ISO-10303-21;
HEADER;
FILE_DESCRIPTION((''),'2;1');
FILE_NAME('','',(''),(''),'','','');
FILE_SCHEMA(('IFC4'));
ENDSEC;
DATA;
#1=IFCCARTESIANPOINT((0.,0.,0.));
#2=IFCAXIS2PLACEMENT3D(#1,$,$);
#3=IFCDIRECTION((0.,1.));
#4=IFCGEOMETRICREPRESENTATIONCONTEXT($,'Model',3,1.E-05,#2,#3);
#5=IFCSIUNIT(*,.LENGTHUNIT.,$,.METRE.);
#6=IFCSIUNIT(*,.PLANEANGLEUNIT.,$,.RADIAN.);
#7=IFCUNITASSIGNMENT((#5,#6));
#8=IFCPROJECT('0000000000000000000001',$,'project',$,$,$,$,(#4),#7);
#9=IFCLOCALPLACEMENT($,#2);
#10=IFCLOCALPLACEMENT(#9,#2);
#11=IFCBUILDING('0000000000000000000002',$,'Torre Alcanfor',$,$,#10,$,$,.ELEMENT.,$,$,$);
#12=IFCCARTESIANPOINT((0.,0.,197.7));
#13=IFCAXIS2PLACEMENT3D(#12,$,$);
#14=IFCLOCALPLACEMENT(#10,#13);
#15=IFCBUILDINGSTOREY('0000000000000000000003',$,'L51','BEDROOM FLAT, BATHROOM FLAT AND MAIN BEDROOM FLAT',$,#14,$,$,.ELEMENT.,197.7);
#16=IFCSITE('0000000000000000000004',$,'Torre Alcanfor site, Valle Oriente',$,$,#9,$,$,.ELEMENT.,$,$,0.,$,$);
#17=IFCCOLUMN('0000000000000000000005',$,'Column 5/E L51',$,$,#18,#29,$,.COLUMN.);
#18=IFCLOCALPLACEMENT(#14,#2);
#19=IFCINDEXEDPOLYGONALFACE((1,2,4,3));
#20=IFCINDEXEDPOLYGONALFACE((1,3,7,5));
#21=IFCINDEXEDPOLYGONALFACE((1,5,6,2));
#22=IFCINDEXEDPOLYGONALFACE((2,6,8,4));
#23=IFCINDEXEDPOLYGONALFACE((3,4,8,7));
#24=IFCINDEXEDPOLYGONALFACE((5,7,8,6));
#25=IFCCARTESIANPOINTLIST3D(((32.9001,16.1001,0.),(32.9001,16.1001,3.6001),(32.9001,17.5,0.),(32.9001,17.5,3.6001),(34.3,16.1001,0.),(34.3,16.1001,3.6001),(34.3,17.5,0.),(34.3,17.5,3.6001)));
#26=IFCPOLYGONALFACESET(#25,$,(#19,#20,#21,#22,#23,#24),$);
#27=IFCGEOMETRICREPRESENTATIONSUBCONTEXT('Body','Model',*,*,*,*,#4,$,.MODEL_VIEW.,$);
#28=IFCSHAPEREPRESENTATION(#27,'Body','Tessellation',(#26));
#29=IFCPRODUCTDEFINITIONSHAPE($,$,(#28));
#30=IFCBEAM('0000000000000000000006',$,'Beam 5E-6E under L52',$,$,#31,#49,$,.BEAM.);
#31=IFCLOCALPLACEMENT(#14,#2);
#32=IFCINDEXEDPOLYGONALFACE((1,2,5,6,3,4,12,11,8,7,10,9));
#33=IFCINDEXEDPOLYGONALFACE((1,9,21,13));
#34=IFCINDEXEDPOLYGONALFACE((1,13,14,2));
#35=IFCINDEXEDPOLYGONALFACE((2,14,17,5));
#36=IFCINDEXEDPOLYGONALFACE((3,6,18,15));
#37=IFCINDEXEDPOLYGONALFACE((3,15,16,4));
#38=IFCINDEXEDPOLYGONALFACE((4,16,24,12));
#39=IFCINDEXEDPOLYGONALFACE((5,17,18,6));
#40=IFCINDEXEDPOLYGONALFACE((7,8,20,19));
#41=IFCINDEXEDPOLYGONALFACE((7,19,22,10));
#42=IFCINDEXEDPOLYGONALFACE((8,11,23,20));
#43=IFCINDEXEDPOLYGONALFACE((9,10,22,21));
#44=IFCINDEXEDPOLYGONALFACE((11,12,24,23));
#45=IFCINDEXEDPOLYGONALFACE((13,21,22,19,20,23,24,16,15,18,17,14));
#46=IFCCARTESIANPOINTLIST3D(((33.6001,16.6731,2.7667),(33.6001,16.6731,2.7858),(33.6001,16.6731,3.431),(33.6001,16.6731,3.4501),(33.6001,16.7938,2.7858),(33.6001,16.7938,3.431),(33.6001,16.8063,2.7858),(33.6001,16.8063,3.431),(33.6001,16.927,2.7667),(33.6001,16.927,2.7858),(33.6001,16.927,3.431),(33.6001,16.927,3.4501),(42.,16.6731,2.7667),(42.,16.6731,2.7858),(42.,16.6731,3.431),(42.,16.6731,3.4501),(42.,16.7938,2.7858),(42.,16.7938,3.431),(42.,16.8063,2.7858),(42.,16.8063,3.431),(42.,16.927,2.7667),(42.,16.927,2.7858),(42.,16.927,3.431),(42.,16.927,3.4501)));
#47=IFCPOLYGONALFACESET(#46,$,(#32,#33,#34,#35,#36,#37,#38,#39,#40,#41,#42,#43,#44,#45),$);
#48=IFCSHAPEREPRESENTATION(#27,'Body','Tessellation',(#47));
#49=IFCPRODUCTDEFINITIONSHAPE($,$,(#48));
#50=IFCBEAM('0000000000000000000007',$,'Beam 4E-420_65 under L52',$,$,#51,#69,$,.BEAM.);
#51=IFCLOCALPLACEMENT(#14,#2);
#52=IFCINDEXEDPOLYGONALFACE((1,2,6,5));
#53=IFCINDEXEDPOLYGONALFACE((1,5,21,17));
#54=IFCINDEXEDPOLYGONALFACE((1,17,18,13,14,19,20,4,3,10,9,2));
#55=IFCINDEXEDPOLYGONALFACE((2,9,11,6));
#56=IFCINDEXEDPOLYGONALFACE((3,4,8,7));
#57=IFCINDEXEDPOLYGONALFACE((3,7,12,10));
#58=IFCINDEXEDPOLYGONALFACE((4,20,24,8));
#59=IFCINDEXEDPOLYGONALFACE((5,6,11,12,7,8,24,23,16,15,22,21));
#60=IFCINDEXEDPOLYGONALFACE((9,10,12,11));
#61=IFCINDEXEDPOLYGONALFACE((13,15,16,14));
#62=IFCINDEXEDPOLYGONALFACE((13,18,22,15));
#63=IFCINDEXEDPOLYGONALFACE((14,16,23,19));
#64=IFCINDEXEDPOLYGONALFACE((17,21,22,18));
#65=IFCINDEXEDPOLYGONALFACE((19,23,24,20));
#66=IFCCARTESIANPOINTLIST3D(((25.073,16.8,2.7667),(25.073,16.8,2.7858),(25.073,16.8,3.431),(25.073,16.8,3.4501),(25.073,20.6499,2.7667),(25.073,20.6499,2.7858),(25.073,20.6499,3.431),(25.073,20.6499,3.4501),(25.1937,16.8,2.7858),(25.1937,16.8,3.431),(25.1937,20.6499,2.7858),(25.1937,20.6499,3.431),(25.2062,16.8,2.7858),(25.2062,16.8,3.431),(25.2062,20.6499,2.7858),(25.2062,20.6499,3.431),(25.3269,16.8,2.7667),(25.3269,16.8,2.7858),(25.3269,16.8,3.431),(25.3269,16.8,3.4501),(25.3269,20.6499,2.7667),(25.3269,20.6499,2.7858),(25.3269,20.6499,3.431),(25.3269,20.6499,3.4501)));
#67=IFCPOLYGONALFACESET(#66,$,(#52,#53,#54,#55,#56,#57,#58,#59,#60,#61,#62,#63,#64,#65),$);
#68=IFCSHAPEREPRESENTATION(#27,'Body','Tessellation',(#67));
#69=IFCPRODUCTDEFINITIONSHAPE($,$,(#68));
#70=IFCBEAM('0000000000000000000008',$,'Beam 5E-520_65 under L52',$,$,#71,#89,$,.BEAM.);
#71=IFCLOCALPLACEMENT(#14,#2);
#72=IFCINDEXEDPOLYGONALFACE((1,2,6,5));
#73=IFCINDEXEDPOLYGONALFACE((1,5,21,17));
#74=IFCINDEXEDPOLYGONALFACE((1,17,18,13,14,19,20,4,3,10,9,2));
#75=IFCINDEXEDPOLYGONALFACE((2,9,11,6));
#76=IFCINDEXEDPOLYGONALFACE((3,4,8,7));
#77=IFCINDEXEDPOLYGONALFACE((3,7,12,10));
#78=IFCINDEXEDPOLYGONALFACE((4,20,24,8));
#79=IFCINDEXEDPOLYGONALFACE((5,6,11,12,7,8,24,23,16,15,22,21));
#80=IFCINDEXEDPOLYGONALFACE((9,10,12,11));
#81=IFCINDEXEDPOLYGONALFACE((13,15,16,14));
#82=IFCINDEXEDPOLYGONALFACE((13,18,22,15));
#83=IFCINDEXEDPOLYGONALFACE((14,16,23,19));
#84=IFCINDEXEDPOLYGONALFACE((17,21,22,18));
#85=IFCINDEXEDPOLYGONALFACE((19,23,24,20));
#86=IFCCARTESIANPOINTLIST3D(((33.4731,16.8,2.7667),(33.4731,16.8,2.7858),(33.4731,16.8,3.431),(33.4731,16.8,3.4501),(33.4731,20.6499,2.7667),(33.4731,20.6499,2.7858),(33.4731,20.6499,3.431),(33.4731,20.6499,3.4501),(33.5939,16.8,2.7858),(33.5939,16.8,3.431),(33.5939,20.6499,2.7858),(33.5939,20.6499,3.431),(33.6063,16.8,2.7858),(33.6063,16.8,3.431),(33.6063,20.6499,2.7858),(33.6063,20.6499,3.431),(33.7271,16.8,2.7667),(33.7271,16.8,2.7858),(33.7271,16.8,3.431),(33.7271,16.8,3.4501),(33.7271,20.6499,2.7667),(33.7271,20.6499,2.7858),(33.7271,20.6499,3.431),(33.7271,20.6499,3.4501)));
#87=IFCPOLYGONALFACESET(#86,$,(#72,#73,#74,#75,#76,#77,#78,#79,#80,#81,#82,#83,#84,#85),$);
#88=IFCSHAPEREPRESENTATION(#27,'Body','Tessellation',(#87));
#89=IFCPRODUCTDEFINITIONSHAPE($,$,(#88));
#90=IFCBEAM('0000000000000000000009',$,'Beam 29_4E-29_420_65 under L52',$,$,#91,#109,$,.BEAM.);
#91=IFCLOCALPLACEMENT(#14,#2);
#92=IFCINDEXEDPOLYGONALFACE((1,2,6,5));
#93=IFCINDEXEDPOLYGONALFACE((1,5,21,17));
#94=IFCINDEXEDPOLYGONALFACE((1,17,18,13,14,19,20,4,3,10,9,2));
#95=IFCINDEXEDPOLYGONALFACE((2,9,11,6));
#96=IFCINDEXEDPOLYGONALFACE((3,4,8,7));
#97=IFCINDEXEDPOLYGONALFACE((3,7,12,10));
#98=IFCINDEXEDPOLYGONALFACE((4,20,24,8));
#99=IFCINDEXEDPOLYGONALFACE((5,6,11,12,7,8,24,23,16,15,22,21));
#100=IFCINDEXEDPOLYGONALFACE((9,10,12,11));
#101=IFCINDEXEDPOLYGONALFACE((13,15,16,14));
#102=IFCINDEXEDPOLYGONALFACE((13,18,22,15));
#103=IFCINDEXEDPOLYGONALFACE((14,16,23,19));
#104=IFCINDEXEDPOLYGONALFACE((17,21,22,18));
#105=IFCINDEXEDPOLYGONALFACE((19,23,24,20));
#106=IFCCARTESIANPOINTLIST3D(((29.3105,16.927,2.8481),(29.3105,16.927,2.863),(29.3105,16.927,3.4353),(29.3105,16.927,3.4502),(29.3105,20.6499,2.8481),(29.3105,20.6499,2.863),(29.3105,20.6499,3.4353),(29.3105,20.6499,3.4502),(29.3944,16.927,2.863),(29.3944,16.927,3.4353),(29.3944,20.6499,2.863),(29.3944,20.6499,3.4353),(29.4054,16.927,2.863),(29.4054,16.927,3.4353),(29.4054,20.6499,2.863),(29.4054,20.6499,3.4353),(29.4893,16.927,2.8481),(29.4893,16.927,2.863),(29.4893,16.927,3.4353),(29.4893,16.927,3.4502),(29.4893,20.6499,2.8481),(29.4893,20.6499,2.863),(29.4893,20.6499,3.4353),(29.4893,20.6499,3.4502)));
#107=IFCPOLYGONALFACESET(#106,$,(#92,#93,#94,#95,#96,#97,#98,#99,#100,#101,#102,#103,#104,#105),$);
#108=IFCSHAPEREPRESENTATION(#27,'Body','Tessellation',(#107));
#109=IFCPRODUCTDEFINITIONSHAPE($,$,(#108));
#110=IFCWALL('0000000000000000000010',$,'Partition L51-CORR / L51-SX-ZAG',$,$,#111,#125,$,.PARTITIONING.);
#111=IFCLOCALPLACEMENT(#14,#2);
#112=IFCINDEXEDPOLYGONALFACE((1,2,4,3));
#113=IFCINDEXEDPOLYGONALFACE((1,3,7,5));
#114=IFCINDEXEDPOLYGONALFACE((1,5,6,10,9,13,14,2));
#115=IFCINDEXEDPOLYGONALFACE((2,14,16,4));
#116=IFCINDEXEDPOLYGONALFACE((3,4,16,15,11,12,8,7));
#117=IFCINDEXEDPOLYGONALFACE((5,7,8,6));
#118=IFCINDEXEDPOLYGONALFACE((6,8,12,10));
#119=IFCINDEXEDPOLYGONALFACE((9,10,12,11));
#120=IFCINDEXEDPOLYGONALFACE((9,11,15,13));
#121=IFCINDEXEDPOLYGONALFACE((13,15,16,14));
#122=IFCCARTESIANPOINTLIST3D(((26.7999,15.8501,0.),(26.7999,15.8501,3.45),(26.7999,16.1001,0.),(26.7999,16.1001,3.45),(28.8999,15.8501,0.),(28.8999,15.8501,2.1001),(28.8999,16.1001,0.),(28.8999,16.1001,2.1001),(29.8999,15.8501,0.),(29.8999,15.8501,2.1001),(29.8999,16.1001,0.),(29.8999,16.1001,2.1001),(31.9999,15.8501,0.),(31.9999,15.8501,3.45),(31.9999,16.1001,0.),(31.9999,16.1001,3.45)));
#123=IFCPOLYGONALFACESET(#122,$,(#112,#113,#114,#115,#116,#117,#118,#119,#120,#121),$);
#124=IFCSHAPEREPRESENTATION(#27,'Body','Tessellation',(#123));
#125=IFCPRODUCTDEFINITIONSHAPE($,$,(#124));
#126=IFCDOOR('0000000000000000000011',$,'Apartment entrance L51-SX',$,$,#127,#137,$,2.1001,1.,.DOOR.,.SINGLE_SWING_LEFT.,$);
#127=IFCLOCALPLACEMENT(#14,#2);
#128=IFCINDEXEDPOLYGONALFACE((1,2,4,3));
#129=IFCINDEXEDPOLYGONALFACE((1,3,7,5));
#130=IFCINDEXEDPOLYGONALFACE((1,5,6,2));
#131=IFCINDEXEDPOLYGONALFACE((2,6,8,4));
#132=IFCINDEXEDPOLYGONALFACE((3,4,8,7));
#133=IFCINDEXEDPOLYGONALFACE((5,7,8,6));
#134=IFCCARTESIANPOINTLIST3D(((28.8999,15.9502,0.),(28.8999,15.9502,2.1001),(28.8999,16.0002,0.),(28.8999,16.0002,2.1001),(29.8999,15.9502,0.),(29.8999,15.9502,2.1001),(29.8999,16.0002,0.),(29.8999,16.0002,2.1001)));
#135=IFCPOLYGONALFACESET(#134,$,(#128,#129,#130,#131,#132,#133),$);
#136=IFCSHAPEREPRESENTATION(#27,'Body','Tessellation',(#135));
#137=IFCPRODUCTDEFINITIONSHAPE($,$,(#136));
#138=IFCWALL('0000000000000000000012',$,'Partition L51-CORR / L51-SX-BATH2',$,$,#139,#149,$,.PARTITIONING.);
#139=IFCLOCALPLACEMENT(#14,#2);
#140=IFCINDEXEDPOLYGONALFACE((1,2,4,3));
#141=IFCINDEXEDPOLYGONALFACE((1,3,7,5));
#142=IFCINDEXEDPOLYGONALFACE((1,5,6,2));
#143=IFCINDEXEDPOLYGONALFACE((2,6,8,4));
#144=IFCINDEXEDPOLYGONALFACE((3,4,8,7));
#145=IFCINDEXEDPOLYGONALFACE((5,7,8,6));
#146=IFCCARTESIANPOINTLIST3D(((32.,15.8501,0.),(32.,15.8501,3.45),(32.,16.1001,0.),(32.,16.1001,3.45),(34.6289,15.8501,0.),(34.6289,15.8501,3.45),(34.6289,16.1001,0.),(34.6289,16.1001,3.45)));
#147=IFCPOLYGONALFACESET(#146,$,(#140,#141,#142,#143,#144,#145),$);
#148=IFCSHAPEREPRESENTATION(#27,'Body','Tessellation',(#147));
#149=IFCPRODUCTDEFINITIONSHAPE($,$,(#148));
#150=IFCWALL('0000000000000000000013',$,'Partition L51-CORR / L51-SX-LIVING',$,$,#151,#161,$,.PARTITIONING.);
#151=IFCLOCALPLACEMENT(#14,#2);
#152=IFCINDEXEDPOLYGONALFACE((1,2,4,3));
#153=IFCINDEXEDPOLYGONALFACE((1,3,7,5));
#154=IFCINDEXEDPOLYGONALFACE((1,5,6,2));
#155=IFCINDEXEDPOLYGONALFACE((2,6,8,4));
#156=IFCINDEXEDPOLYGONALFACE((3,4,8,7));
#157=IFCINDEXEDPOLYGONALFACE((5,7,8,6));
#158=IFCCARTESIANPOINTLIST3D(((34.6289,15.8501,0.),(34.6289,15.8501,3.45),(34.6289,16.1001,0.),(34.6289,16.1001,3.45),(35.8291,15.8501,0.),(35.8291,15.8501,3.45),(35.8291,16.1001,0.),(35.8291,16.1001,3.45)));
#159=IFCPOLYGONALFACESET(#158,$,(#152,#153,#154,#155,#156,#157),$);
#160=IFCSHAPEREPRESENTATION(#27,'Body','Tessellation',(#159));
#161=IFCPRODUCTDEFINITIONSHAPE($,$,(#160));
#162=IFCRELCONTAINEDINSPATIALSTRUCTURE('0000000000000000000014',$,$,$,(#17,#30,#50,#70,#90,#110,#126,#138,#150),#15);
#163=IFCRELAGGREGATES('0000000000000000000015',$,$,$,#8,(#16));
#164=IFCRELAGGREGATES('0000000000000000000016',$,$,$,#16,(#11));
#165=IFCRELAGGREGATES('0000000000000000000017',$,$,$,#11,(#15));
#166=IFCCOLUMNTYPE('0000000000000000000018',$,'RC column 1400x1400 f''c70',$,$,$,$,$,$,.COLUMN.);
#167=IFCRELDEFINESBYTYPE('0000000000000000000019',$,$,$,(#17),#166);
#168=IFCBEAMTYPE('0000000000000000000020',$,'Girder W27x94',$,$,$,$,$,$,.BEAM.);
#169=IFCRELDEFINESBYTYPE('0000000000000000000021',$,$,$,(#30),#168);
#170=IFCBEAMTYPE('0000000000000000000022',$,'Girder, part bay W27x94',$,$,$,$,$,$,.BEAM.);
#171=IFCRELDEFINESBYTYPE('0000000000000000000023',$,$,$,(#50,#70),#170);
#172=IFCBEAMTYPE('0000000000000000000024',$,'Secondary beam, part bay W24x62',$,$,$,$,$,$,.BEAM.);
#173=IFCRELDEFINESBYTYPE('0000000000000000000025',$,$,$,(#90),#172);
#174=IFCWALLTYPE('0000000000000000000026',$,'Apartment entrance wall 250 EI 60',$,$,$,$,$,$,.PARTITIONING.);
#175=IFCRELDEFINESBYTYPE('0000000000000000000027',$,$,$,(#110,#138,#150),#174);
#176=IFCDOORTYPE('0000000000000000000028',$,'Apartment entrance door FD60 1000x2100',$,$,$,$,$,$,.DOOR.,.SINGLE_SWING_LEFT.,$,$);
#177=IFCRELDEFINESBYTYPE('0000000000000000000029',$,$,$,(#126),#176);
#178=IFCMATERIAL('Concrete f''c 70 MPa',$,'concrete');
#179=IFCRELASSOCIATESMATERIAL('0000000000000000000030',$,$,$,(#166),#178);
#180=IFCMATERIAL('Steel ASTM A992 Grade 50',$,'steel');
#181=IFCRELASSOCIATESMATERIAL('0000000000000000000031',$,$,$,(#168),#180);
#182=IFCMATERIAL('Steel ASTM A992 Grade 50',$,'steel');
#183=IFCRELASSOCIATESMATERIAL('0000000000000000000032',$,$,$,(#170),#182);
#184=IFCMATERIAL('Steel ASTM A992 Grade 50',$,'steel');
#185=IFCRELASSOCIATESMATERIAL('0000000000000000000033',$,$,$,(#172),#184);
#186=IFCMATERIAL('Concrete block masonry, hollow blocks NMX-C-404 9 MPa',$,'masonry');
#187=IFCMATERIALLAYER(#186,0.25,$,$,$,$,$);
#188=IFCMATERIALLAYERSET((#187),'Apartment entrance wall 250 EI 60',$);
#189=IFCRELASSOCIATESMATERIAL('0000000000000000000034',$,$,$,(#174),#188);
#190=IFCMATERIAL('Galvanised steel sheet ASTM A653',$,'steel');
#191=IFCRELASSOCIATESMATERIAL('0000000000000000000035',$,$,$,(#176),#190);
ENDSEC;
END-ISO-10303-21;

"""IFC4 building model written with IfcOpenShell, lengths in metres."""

from ifc_helpers import new_model, si_unit, direction, frame, frame_2d, origin, origin_2d, place, context, subcontext, project, spatial, rectangle, i_section, extrude, material, layer, layer_set, material_profile, profile_set, type_object, element, fill, save


model = new_model("IFC4")

# Units and contexts
model_context = context("Model", 3, precision=1e-05, world=origin(), true_north=direction((0.0, 1.0)))
body_context = subcontext(model_context, "Body", "Model", "MODEL_VIEW")
ifc_project = project(units=[si_unit("LENGTHUNIT", "METRE"), si_unit("PLANEANGLEUNIT", "RADIAN")], contexts=[model_context])

# Site, building, storey
site_placement = place(None, origin())
site = spatial("IfcSite", under=ifc_project, at=site_placement, Name="Torre Alcanfor site, Valle Oriente", CompositionType="ELEMENT", RefElevation=0.0)
building_placement = place(site_placement, origin())
building = spatial("IfcBuilding", under=site, at=building_placement, Name="Torre Alcanfor", CompositionType="ELEMENT")
storey_placement = place(building_placement, frame((0.0, 0.0, 197.7)))
storey = spatial("IfcBuildingStorey", under=building, at=storey_placement, Name="L51", Description="BEDROOM FLAT, BATHROOM FLAT AND MAIN BEDROOM FLAT", CompositionType="ELEMENT", Elevation=197.7)

# Column
ifc_material_1 = material(Name="Concrete f'c 70 MPa", Category="concrete")
ifc_material_profile_1 = material_profile(ifc_material_1, rectangle(XDim=1.3999, YDim=1.3999, at=origin_2d()), Name="1400x1400")
ifc_profile_set_1 = profile_set([ifc_material_profile_1], Name="Concrete f'c 70 MPa")
column_type = type_object("IfcColumnType", Name="RC column 1400x1400 f'c70", PredefinedType="COLUMN", material=ifc_profile_set_1)
column_placement = place(storey_placement, frame((33.6001, 16.8, 0.0), z_axis=(0.0, 0.0, 1.0), x_axis=(1.0, 0.0, 0.0)))
element("IfcColumn", 1, at=column_placement, inside=storey, type_object=column_type, Name="Column 5/E L51", PredefinedType="COLUMN", context=body_context, shape_type="SweptSolid", body=[
    extrude(rectangle(XDim=1.3999, YDim=1.3999, at=origin_2d()), origin(), (0.0, 0.0, 1.0), 3.6001),
])

# Beams
ifc_material_2 = material(Name="Steel ASTM A992 Grade 50", Category="steel")
ifc_material_profile_2 = material_profile(ifc_material_2, i_section(OverallWidth=0.2539, OverallDepth=0.6833, WebThickness=0.0125, FlangeThickness=0.019, at=origin_2d()), Name="W27x94")
ifc_profile_set_2 = profile_set([ifc_material_profile_2], Name="Steel ASTM A992 Grade 50")
beam_type_1 = type_object("IfcBeamType", Name="Girder W27x94", PredefinedType="BEAM", material=ifc_profile_set_2)
beam_1_placement = place(storey_placement, frame((33.6001, 16.8, 3.1084), z_axis=(1.0, 0.0, 0.0), x_axis=(0.0, 1.0, 0.0)))
element("IfcBeam", 2, at=beam_1_placement, inside=storey, type_object=beam_type_1, Name="Beam 5E-6E under L52", PredefinedType="BEAM", context=body_context, shape_type="SweptSolid", body=[
    extrude(i_section(OverallWidth=0.2539, OverallDepth=0.6833, WebThickness=0.0125, FlangeThickness=0.019, at=origin_2d()), origin(), (0.0, 0.0, 1.0), 8.3999),
])
ifc_material_3 = material(Name="Steel ASTM A992 Grade 50", Category="steel")
ifc_material_profile_3 = material_profile(ifc_material_3, i_section(OverallWidth=0.2539, OverallDepth=0.6833, WebThickness=0.0125, FlangeThickness=0.019, at=origin_2d()), Name="W27x94")
ifc_profile_set_3 = profile_set([ifc_material_profile_3], Name="Steel ASTM A992 Grade 50")
beam_type_2 = type_object("IfcBeamType", Name="Girder, part bay W27x94", PredefinedType="BEAM", material=ifc_profile_set_3)
for number, where, z_axis, x_axis, name in (
    (3, (25.2, 16.8, 3.1084), (0.0, 1.0, 0.0), (-1.0, 0.0, 0.0), "Beam 4E-420_65 under L52"),
    (4, (33.6001, 16.8, 3.1084), (0.0, 1.0, 0.0), (-1.0, 0.0, 0.0), "Beam 5E-520_65 under L52"),
):
    element("IfcBeam", number, at=place(storey_placement, frame(where, z_axis=z_axis, x_axis=x_axis)), inside=storey, type_object=beam_type_2, Name=name, PredefinedType="BEAM", context=body_context, shape_type="SweptSolid", body=[
        extrude(i_section(OverallWidth=0.2539, OverallDepth=0.6833, WebThickness=0.0125, FlangeThickness=0.019, at=origin_2d()), origin(), (0.0, 0.0, 1.0), 3.8499),
    ])
ifc_material_4 = material(Name="Steel ASTM A992 Grade 50", Category="steel")
ifc_material_profile_4 = material_profile(ifc_material_4, i_section(OverallWidth=0.1787, OverallDepth=0.6021, WebThickness=0.011, FlangeThickness=0.0149, at=origin_2d()), Name="W24x62")
ifc_profile_set_4 = profile_set([ifc_material_profile_4], Name="Steel ASTM A992 Grade 50")
beam_type_3 = type_object("IfcBeamType", Name="Secondary beam, part bay W24x62", PredefinedType="BEAM", material=ifc_profile_set_4)
beam_2_placement = place(storey_placement, frame((29.3999, 16.927, 3.1492), z_axis=(0.0, 1.0, 0.0), x_axis=(-1.0, 0.0, 0.0)))
element("IfcBeam", 5, at=beam_2_placement, inside=storey, type_object=beam_type_3, Name="Beam 29_4E-29_420_65 under L52", PredefinedType="BEAM", context=body_context, shape_type="SweptSolid", body=[
    extrude(i_section(OverallWidth=0.1787, OverallDepth=0.6021, WebThickness=0.011, FlangeThickness=0.0149, at=origin_2d()), origin(), (0.0, 0.0, 1.0), 3.7229),
])

# Wall, opening, door
ifc_material_5 = material(Name="Concrete block masonry, hollow blocks NMX-C-404 9 MPa", Category="masonry")
ifc_layer_1 = layer(ifc_material_5, 0.25)
ifc_layer_set_1 = layer_set([ifc_layer_1], Name="Apartment entrance wall 250 EI 60")
wall_type_1 = type_object("IfcWallType", Name="Apartment entrance wall 250 EI 60", PredefinedType="PARTITIONING", material=ifc_layer_set_1)
wall_1_placement = place(storey_placement, frame((32.0, 15.9751, 0.0), z_axis=(0.0, 0.0, 1.0), x_axis=(-1.0, 0.0, 0.0)))
wall_1 = element("IfcWall", 6, at=wall_1_placement, inside=storey, type_object=wall_type_1, Name="Partition L51-CORR / L51-SX-ZAG", PredefinedType="PARTITIONING", context=body_context, shape_type="SweptSolid", body=[
    extrude(rectangle(XDim=5.2, YDim=0.25, at=frame_2d((2.6001, 0.0))), origin(), (0.0, 0.0, 1.0), 3.45),
])
opening_1_placement = place(wall_1_placement, frame((2.1001, 0.0, 0.0)))
opening_1 = element("IfcOpeningElement", 7, at=opening_1_placement, cuts=wall_1, PredefinedType="OPENING", context=body_context, shape_type="SweptSolid", body=[
    extrude(rectangle(XDim=1.0, YDim=2.1001, at=frame_2d((0.5, 1.05))), frame((0.0, 0.135, 0.0), z_axis=(0.0, -1.0, 0.0), x_axis=(1.0, 0.0, 0.0)), (0.0, 0.0, 1.0), 0.27),
])
ifc_material_6 = material(Name="Galvanised steel sheet ASTM A653", Category="steel")
door_type_1 = type_object("IfcDoorType", Name="Apartment entrance door FD60 1000x2100", OperationType="SINGLE_SWING_LEFT", PredefinedType="DOOR", material=ifc_material_6)
door_1_placement = place(opening_1_placement, origin())
door_1 = element("IfcDoor", 8, at=door_1_placement, inside=storey, type_object=door_type_1, Name="Apartment entrance L51-SX", OperationType="SINGLE_SWING_LEFT", OverallHeight=2.1001, OverallWidth=1.0, PredefinedType="DOOR", context=body_context, shape_type="SweptSolid", body=[
    extrude(rectangle(XDim=1.0, YDim=2.1001, at=frame_2d((0.5, 1.05))), frame((0.0, 0.0249, 0.0), z_axis=(0.0, -1.0, 0.0), x_axis=(1.0, 0.0, 0.0)), (0.0, 0.0, 1.0), 0.05),
])
fill(opening_1, door_1)

# Walls
wall_2_placement = place(storey_placement, frame((34.6289, 15.9751, 0.0), z_axis=(0.0, 0.0, 1.0), x_axis=(-1.0, 0.0, 0.0)))
element("IfcWall", 9, at=wall_2_placement, inside=storey, type_object=wall_type_1, Name="Partition L51-CORR / L51-SX-BATH2", PredefinedType="PARTITIONING", context=body_context, shape_type="SweptSolid", body=[
    extrude(rectangle(XDim=2.6289, YDim=0.25, at=frame_2d((1.3145, 0.0))), origin(), (0.0, 0.0, 1.0), 3.45),
])
wall_3_placement = place(storey_placement, frame((35.8291, 15.9751, 0.0), z_axis=(0.0, 0.0, 1.0), x_axis=(-1.0, 0.0, 0.0)))
element("IfcWall", 10, at=wall_3_placement, inside=storey, type_object=wall_type_1, Name="Partition L51-CORR / L51-SX-LIVING", PredefinedType="PARTITIONING", context=body_context, shape_type="SweptSolid", body=[
    extrude(rectangle(XDim=1.2002, YDim=0.25, at=frame_2d((0.6001, 0.0))), origin(), (0.0, 0.0, 1.0), 3.45),
])

save(model, "model.ifc")
